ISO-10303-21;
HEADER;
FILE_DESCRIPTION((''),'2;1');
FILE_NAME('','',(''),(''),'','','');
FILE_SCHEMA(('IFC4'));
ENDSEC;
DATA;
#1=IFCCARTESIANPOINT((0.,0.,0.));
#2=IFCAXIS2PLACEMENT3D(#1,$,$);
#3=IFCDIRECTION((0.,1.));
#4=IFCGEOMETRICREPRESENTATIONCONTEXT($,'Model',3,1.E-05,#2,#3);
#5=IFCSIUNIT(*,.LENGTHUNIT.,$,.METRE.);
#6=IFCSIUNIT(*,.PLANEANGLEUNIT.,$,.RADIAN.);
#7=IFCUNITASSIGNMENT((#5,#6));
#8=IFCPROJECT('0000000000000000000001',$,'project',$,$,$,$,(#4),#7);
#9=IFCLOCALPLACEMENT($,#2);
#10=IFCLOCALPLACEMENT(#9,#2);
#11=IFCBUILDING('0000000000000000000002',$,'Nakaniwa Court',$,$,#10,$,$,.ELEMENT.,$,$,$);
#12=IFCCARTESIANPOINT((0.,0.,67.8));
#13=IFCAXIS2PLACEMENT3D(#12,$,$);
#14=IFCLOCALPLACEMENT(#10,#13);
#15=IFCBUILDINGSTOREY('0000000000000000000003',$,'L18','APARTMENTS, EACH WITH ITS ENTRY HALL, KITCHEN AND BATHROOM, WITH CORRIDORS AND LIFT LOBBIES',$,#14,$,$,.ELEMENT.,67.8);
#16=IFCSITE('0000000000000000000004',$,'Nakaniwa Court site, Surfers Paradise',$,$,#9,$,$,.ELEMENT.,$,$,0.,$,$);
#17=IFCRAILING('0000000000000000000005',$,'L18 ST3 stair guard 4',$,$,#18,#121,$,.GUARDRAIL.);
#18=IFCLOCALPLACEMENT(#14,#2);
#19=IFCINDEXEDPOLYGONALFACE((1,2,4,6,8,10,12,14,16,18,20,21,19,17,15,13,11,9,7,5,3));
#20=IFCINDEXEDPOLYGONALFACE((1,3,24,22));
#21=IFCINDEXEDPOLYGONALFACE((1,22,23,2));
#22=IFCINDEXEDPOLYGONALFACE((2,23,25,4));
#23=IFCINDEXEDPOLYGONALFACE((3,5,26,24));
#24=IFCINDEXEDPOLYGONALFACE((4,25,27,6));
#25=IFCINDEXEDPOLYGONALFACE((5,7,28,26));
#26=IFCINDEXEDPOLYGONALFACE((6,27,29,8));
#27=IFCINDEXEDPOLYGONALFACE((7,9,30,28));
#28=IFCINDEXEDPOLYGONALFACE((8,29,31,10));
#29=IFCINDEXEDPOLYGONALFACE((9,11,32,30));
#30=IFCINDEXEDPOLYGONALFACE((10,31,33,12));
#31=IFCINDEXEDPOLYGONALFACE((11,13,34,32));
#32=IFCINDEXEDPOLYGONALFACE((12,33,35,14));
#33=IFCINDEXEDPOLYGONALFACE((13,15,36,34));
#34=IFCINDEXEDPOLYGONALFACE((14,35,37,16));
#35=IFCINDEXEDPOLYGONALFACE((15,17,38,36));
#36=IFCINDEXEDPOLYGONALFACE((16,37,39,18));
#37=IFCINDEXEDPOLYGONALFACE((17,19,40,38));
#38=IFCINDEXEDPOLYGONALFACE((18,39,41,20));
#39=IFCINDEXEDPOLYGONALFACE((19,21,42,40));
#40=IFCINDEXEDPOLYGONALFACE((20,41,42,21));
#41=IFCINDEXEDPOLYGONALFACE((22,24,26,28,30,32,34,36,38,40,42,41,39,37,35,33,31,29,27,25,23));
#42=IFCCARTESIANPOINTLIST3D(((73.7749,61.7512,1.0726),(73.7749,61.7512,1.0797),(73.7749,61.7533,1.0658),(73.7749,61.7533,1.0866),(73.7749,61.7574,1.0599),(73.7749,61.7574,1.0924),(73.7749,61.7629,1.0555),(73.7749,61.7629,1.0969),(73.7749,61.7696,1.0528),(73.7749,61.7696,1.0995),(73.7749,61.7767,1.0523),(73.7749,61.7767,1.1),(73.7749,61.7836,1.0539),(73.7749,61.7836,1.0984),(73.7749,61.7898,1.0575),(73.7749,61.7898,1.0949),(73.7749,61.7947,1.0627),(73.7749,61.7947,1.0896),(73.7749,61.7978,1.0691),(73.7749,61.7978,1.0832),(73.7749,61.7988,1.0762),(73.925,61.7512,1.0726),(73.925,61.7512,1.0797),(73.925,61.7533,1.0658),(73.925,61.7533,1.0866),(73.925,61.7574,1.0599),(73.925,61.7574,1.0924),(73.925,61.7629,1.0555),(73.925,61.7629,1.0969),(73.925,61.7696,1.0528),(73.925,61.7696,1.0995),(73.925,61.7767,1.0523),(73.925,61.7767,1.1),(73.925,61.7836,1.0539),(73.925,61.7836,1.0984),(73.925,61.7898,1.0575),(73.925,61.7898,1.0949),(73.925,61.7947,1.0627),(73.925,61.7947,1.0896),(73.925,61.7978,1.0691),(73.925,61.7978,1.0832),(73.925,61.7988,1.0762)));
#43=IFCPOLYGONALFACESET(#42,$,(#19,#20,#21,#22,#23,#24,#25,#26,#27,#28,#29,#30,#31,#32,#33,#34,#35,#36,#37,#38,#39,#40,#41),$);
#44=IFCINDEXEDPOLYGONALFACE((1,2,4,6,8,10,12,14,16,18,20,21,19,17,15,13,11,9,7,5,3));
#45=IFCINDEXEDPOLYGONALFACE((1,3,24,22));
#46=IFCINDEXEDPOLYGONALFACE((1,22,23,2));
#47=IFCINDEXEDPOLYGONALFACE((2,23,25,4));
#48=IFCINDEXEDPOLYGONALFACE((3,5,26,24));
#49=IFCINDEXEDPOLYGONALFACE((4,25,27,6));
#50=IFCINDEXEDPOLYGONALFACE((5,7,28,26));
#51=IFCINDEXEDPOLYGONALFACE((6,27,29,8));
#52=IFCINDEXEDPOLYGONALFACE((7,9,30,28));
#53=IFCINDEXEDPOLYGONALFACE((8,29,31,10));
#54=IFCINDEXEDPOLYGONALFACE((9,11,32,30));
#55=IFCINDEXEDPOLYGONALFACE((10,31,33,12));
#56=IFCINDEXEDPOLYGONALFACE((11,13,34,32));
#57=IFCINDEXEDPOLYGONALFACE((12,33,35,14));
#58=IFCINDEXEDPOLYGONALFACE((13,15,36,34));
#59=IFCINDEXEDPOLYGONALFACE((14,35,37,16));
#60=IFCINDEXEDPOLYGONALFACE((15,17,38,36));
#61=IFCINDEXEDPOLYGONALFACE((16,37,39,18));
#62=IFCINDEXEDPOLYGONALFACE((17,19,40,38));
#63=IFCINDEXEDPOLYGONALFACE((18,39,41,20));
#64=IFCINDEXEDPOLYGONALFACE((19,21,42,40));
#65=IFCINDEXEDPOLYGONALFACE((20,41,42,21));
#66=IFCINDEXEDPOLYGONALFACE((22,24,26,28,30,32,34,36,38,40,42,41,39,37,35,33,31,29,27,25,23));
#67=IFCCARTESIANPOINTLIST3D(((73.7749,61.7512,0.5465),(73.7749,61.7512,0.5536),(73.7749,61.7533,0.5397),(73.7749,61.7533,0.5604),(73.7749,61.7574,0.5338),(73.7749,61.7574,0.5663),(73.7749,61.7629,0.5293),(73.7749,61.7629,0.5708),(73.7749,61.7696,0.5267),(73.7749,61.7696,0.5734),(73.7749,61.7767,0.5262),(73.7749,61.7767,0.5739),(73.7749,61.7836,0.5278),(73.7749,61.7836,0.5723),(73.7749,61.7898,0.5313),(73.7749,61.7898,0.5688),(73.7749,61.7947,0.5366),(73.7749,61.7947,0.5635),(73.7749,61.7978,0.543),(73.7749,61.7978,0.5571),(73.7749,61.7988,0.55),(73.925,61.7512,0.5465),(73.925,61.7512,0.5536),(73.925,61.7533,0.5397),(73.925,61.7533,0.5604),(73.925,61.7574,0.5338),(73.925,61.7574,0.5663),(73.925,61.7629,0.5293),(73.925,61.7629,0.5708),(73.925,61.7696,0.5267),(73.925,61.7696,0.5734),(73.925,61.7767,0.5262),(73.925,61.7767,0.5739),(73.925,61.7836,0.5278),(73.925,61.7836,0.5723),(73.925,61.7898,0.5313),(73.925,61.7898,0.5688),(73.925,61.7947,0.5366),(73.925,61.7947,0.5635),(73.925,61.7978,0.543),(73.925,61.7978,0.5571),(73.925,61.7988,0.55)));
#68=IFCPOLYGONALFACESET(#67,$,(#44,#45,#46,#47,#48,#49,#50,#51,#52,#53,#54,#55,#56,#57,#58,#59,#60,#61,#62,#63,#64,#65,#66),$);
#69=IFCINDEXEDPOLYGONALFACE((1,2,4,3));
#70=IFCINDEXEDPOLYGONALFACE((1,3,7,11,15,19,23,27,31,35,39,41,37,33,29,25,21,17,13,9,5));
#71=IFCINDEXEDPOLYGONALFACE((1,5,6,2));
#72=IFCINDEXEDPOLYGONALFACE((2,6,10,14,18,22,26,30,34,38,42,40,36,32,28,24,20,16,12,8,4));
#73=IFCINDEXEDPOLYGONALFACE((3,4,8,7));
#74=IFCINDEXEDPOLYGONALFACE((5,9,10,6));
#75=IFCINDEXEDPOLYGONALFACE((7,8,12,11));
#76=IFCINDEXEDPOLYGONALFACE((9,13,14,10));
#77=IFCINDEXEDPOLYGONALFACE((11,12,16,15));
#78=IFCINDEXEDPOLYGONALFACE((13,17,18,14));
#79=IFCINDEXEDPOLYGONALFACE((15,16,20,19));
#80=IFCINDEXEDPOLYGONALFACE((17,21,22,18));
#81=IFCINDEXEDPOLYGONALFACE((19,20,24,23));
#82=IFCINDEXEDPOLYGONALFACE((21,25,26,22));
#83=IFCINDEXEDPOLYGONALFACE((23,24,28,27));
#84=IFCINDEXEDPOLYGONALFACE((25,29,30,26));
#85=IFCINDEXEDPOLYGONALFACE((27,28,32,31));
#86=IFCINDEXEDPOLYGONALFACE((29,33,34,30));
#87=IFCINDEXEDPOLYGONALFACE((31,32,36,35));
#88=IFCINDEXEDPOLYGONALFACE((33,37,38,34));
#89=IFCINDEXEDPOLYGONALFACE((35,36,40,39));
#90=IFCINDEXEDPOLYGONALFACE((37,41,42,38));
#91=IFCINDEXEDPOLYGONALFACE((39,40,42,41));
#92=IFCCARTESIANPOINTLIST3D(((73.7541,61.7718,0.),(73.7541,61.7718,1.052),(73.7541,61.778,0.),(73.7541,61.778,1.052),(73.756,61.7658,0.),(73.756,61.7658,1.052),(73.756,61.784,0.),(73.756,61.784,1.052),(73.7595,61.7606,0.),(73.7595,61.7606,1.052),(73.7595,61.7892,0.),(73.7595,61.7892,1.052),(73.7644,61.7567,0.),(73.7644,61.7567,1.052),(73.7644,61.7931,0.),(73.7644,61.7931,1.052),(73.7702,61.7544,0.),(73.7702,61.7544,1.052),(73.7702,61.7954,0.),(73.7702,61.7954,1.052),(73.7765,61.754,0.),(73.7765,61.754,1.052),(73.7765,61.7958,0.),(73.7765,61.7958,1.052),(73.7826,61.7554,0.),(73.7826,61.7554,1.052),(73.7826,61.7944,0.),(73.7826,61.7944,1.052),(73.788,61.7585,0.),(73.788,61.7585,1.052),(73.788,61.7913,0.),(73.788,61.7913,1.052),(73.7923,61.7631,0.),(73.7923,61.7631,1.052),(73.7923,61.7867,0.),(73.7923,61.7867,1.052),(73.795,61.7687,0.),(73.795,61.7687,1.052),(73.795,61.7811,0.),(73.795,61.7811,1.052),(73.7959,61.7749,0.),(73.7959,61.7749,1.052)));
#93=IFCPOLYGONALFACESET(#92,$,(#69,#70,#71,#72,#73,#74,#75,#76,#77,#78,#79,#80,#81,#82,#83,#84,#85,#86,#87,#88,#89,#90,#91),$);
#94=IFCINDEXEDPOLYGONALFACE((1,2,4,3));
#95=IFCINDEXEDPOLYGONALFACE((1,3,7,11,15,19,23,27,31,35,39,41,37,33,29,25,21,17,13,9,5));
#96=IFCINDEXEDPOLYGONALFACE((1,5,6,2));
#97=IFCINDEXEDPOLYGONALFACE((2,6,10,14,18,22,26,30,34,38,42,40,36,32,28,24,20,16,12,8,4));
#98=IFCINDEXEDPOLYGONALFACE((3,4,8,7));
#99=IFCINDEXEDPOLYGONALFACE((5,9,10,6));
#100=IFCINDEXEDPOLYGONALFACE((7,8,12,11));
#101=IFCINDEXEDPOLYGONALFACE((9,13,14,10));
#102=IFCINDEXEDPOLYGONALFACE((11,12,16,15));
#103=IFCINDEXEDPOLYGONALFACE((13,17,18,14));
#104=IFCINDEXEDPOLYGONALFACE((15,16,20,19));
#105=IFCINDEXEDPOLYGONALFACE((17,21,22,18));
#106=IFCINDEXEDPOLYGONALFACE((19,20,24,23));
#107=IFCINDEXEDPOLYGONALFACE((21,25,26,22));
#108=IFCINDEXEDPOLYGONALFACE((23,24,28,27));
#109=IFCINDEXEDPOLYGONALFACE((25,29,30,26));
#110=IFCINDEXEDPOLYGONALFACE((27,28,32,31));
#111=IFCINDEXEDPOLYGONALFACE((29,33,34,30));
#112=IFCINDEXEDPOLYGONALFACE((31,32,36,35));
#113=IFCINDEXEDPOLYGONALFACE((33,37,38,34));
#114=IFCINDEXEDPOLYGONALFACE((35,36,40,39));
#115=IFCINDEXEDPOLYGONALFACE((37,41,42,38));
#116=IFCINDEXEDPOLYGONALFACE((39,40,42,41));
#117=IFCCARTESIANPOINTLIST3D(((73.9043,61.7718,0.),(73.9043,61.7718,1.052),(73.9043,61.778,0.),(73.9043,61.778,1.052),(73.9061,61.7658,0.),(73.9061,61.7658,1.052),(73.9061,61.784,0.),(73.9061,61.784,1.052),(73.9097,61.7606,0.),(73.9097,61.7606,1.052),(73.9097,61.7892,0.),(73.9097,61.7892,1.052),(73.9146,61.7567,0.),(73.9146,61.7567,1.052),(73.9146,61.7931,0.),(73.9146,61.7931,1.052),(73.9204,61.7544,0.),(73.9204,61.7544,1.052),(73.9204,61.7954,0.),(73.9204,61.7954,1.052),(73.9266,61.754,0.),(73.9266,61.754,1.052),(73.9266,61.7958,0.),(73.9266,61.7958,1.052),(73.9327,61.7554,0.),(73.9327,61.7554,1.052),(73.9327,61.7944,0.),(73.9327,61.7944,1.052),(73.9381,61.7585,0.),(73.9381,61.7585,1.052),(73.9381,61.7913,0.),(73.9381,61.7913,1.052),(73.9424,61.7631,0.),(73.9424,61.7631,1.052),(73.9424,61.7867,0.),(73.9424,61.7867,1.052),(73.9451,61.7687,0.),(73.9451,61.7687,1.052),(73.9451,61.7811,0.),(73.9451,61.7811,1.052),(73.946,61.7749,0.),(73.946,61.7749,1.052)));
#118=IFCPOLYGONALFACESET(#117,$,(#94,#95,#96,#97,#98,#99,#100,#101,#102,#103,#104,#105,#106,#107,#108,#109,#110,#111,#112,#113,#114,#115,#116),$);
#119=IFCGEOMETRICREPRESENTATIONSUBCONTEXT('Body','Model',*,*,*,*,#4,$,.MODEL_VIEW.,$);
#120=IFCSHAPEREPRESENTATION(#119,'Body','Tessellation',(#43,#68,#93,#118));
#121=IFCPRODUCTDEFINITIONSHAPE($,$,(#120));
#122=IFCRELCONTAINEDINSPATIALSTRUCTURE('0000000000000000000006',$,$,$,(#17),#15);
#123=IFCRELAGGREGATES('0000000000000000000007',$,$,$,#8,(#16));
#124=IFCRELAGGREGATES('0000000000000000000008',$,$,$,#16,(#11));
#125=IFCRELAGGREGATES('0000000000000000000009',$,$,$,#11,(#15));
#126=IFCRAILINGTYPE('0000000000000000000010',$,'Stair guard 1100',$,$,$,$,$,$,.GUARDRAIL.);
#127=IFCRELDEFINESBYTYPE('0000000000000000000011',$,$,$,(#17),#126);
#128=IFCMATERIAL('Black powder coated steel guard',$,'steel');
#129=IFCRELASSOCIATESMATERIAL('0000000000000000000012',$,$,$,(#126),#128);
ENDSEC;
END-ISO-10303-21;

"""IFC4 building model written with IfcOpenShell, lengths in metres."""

from ifc_helpers import new_model, si_unit, direction, frame, origin, origin_2d, place, context, subcontext, project, spatial, circle, extrude, material, type_object, element, save


model = new_model("IFC4")

# Units and contexts
model_context = context("Model", 3, precision=1e-05, world=origin(), true_north=direction((0.0, 1.0)))
body_context = subcontext(model_context, "Body", "Model", "MODEL_VIEW")
ifc_project = project(units=[si_unit("LENGTHUNIT", "METRE"), si_unit("PLANEANGLEUNIT", "RADIAN")], contexts=[model_context])

# Site, building, storey
site_placement = place(None, origin())
site = spatial("IfcSite", under=ifc_project, at=site_placement, Name="Nakaniwa Court site, Surfers Paradise", CompositionType="ELEMENT", RefElevation=0.0)
building_placement = place(site_placement, origin())
building = spatial("IfcBuilding", under=site, at=building_placement, Name="Nakaniwa Court", CompositionType="ELEMENT")
storey_placement = place(building_placement, frame((0.0, 0.0, 67.8)))
storey = spatial("IfcBuildingStorey", under=building, at=storey_placement, Name="L18", Description="APARTMENTS, EACH WITH ITS ENTRY HALL, KITCHEN AND BATHROOM, WITH CORRIDORS AND LIFT LOBBIES", CompositionType="ELEMENT", Elevation=67.8)

# Railing
ifc_material_1 = material(Name="Black powder coated steel guard", Category="steel")
railing_type_1 = type_object("IfcRailingType", Name="Stair guard 1100", PredefinedType="GUARDRAIL", material=ifc_material_1)
railing_1_placement = place(storey_placement, frame((73.7749, 61.7749, 0.0)))
element("IfcRailing", 1, at=railing_1_placement, inside=storey, type_object=railing_type_1, Name="L18 ST3 stair guard 4", PredefinedType="GUARDRAIL", context=body_context, shape_type="SweptSolid", body=[
    extrude(circle(Radius=0.0239, at=origin_2d()), frame((0.0, 0.0, 1.0762), z_axis=(1.0, 0.0, 0.0), x_axis=(0.0, 1.0, 0.0)), (0.0, 0.0, 1.0), 0.1501),
    extrude(circle(Radius=0.0239, at=origin_2d()), frame((0.0, 0.0, 0.55), z_axis=(1.0, 0.0, 0.0), x_axis=(0.0, 1.0, 0.0)), (0.0, 0.0, 1.0), 0.1501),
    extrude(circle(Radius=0.021, at=origin_2d()), origin(), (0.0, 0.0, 1.0), 1.052),
    extrude(circle(Radius=0.021, at=origin_2d()), frame((0.1501, 0.0, 0.0)), (0.0, 0.0, 1.0), 1.052),
])

save(model, "model.ifc")
